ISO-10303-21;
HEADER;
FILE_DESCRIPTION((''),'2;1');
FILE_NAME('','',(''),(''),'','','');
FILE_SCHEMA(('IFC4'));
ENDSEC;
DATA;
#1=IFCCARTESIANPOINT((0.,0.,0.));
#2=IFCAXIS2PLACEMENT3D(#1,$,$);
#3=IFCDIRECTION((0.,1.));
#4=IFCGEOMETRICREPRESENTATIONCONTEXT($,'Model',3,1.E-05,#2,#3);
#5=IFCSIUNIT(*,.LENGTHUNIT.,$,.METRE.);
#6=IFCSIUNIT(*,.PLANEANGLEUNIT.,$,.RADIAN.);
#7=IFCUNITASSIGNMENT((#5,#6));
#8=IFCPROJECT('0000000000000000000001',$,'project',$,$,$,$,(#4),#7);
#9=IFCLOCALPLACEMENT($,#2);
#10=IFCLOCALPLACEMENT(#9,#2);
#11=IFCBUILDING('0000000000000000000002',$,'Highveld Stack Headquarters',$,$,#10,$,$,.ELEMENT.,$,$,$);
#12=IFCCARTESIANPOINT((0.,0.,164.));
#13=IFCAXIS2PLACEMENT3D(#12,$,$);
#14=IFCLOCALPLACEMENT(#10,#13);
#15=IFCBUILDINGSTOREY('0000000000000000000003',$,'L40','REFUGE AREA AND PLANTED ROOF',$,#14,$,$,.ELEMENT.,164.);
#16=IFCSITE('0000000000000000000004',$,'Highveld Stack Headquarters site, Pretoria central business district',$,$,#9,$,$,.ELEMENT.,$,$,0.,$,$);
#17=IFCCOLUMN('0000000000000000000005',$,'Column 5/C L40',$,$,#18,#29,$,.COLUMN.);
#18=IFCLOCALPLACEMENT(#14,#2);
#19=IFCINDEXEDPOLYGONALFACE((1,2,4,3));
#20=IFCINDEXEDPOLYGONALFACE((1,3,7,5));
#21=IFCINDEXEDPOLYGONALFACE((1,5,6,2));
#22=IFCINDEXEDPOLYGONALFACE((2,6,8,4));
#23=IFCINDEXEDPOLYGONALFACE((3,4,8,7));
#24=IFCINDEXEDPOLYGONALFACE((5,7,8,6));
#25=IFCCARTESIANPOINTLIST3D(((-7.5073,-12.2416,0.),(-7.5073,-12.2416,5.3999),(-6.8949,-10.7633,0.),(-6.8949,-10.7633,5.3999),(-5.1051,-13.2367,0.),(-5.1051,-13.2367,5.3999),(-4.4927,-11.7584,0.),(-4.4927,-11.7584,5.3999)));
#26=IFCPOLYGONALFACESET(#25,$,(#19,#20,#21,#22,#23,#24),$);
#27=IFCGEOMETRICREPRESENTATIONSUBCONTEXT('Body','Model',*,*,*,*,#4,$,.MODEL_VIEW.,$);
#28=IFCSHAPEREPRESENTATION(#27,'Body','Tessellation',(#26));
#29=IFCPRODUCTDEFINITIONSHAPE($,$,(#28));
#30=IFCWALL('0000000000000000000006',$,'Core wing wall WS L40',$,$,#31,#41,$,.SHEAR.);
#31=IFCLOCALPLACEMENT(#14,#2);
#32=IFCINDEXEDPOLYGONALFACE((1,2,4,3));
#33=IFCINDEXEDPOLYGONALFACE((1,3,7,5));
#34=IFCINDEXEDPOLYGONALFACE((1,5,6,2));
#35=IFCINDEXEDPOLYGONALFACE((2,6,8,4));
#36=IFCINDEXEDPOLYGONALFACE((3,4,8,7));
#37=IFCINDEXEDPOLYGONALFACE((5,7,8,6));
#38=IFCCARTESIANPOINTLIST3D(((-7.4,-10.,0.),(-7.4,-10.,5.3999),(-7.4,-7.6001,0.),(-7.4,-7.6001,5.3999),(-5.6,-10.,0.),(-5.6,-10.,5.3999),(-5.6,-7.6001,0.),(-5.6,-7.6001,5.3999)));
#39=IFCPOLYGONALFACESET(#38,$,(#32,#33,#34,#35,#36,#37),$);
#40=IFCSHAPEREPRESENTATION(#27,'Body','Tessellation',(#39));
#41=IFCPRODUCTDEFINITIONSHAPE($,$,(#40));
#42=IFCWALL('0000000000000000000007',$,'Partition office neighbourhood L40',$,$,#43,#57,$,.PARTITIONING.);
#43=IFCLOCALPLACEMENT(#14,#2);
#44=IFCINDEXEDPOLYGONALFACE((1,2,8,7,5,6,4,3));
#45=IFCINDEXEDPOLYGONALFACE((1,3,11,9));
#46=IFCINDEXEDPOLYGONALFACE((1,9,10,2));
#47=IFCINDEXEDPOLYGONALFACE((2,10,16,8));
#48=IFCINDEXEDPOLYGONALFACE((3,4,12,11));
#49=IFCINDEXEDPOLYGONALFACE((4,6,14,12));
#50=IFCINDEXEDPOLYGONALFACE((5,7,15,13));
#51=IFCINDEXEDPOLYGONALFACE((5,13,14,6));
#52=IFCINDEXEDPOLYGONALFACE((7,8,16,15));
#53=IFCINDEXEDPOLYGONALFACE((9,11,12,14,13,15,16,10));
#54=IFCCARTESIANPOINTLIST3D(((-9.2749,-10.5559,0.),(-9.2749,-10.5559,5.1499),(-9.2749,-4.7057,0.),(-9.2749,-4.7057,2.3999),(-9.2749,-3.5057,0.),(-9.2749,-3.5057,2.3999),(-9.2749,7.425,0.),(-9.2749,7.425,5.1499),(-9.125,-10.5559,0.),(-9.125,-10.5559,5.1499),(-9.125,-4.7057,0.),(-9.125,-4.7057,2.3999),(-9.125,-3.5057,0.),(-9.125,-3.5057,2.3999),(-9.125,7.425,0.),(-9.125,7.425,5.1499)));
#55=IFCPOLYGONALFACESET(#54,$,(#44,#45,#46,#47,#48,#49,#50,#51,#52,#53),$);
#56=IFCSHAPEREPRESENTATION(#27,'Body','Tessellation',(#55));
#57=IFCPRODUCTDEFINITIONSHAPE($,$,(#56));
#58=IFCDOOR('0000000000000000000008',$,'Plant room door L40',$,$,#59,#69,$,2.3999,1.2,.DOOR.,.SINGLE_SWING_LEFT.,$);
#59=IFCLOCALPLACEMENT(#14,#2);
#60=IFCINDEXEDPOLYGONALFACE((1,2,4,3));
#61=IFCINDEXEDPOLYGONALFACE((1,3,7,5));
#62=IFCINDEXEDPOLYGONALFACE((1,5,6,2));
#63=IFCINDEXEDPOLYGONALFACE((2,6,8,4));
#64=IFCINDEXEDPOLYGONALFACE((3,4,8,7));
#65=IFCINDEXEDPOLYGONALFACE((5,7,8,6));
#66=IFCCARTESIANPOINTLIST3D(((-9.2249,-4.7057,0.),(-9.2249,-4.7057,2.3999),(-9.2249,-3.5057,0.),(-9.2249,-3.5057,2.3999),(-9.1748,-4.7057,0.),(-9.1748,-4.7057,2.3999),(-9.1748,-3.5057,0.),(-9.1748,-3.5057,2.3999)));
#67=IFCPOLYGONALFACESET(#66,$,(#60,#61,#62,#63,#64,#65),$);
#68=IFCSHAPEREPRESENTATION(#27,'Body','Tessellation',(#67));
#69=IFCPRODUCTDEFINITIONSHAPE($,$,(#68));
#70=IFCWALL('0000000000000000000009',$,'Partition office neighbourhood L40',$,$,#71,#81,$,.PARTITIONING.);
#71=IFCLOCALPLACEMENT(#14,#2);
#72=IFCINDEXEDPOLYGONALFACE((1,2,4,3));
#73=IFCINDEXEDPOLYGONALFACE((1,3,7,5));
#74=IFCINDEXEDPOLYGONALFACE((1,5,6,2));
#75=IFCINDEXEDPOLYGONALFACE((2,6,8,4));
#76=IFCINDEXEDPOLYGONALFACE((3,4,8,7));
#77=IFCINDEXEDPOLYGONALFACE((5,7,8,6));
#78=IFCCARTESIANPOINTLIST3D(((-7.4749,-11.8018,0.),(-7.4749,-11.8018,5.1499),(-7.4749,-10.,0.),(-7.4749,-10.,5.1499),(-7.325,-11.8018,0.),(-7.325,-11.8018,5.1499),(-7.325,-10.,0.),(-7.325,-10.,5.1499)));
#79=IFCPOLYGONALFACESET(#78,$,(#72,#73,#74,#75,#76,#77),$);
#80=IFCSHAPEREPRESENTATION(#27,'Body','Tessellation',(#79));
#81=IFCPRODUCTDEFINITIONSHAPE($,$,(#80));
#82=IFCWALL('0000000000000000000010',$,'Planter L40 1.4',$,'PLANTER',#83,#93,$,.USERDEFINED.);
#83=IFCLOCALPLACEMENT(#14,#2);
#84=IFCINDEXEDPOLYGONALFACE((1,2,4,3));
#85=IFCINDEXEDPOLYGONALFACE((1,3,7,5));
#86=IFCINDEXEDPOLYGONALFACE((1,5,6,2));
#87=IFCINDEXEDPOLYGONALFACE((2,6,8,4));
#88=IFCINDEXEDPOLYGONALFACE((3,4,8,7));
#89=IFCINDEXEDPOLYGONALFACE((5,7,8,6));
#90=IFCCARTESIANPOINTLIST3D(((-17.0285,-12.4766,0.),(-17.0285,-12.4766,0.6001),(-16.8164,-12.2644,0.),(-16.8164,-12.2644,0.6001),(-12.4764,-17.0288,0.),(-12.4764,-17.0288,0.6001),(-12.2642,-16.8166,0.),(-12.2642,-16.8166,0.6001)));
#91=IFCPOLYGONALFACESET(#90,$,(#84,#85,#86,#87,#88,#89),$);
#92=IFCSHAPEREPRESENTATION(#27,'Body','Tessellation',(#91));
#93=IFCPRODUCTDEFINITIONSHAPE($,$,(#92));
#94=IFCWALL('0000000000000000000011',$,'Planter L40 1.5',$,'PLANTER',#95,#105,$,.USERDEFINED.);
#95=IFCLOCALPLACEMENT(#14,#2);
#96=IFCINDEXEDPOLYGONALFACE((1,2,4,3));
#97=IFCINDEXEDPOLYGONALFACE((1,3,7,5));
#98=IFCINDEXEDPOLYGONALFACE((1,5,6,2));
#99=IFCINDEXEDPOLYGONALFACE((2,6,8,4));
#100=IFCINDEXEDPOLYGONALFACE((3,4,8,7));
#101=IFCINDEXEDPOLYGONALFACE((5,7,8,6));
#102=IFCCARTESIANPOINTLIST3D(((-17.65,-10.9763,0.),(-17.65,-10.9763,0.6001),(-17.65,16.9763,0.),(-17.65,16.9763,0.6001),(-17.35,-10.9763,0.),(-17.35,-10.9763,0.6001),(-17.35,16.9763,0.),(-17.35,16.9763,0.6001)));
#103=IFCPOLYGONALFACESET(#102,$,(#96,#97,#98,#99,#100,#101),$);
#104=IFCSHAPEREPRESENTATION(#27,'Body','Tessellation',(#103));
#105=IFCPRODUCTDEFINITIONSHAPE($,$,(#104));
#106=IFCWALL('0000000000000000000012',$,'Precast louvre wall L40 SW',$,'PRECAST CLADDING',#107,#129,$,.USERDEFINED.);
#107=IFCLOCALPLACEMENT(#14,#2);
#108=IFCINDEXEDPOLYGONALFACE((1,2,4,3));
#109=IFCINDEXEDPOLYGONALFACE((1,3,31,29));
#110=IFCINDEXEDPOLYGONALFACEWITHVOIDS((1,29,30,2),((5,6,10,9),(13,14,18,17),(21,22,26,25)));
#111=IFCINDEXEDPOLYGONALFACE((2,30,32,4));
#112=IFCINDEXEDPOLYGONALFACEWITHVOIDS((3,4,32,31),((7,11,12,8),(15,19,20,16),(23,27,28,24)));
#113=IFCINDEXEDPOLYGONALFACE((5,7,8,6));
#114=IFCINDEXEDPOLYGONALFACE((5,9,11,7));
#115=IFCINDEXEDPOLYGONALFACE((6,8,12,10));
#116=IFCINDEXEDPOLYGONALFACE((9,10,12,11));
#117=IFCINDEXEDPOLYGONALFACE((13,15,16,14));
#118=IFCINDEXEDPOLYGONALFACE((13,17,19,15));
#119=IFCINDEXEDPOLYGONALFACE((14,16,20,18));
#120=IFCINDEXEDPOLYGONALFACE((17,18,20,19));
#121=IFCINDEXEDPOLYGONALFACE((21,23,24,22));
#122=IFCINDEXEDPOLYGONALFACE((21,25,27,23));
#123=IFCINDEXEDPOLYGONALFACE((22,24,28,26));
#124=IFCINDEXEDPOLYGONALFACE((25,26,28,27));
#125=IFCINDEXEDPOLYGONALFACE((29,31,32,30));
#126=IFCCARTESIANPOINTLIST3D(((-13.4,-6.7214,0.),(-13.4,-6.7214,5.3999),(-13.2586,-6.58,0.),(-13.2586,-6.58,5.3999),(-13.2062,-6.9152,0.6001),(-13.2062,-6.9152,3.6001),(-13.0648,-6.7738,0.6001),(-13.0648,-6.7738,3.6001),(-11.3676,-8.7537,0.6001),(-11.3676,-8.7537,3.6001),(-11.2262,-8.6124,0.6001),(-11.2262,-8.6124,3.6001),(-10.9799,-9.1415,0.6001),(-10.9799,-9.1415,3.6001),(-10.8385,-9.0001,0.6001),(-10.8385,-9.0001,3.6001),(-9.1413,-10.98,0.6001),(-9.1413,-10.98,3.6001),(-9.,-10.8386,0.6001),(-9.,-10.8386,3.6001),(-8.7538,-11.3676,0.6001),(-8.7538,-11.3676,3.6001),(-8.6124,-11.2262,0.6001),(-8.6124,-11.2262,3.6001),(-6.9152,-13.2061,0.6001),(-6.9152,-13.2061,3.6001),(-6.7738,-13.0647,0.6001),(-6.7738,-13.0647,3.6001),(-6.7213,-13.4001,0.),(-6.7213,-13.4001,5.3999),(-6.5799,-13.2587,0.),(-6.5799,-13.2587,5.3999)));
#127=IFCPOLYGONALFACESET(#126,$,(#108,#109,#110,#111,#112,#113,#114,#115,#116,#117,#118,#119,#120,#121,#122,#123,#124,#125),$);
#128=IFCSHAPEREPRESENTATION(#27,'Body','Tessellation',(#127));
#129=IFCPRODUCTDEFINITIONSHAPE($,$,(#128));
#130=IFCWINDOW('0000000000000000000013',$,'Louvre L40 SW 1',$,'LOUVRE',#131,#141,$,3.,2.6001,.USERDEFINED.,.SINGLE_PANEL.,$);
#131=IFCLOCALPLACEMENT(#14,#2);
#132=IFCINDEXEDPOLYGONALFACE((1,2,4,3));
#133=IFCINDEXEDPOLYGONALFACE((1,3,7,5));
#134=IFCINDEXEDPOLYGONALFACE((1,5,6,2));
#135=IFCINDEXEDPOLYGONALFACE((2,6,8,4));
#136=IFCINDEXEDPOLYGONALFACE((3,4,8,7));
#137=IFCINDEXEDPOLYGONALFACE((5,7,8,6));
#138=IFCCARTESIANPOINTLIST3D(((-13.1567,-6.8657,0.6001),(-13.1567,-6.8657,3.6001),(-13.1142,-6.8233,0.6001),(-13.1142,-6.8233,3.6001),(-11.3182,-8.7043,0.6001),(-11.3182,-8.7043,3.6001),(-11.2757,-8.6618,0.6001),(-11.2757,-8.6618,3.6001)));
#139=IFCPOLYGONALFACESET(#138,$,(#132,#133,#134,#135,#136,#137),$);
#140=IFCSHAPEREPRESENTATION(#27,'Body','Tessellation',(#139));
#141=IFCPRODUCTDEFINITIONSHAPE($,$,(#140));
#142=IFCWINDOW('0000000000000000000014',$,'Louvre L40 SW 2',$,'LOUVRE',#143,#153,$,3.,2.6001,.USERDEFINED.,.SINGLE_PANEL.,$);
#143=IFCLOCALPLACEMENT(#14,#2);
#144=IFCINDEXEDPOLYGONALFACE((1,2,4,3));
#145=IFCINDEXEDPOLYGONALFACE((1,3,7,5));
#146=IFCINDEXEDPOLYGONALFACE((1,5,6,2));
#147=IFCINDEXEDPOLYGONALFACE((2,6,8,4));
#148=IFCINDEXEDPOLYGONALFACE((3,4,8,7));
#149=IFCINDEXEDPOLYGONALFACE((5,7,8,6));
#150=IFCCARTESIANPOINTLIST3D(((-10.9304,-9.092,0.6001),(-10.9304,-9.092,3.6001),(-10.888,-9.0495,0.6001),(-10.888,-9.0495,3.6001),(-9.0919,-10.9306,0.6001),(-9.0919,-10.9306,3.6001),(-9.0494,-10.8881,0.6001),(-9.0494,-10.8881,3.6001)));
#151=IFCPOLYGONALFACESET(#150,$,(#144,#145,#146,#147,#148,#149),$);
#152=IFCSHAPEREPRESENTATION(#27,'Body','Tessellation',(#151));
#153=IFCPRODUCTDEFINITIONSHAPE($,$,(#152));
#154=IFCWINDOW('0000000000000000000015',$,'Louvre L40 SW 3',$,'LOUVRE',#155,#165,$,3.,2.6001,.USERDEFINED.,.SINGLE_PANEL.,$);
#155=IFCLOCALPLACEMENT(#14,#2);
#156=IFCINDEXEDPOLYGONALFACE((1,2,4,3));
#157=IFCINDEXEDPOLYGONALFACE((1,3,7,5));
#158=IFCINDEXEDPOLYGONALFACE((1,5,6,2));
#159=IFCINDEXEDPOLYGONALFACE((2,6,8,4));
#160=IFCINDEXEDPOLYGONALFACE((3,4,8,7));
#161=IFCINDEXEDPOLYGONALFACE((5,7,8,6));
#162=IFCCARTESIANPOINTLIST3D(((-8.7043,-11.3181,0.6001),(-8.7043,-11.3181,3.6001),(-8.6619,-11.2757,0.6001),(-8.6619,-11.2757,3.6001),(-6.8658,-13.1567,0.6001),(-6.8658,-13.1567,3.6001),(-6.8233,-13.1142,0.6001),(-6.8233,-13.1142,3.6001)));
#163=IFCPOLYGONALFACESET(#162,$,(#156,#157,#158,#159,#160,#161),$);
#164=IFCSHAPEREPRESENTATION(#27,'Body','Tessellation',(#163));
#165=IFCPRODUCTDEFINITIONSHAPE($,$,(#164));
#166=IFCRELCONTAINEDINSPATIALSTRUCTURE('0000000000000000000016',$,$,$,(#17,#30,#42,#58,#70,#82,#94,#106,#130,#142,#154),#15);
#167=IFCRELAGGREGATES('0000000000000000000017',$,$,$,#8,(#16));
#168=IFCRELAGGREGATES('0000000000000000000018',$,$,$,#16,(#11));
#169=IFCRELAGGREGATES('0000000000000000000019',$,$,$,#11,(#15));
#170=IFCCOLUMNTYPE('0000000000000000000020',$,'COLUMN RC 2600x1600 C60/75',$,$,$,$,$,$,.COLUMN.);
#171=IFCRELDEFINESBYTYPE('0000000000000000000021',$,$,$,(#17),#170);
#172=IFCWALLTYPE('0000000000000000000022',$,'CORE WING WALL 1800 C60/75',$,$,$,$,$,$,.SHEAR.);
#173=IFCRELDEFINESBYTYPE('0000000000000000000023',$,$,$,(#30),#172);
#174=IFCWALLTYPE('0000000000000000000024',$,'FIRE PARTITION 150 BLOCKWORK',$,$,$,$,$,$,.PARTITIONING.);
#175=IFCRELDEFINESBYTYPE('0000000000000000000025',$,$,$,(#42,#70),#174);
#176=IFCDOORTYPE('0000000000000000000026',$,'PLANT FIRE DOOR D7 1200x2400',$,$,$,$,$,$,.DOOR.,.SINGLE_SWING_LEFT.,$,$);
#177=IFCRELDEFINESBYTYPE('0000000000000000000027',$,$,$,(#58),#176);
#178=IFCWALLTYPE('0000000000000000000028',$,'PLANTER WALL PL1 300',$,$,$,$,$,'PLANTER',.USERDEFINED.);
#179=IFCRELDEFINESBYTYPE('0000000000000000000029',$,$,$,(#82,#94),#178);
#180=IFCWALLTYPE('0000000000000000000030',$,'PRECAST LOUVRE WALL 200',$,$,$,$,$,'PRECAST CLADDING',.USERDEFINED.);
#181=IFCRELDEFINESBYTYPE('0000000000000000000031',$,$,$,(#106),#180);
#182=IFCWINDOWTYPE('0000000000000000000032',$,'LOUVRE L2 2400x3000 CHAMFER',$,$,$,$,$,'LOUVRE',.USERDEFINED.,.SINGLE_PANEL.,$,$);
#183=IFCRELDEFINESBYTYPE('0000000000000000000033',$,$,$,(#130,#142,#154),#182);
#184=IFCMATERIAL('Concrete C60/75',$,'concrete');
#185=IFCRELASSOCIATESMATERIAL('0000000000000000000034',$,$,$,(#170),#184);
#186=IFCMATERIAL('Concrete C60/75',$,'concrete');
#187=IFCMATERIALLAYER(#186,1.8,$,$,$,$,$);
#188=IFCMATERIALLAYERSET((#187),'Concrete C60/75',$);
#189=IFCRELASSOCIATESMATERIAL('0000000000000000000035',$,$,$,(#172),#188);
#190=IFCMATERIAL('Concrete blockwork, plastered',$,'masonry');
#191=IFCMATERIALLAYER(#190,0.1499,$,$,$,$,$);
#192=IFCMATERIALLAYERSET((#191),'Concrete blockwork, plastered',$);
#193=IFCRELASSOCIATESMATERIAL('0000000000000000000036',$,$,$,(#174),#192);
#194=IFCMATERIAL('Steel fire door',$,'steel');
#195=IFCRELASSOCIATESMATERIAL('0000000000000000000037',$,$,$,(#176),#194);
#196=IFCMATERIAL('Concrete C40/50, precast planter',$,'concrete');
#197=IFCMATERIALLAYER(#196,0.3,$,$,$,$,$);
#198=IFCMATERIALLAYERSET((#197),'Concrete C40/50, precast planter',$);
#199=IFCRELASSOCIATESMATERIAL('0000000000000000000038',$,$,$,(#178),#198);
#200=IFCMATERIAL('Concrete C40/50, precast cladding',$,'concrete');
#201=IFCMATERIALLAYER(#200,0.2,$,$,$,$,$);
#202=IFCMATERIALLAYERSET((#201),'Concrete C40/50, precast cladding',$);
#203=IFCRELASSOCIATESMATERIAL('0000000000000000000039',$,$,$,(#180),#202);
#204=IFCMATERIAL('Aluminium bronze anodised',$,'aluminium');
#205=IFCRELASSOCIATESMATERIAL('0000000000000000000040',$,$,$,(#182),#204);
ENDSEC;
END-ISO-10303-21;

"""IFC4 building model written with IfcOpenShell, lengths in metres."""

from ifc_helpers import new_model, si_unit, direction, frame, frame_2d, origin, origin_2d, place, context, subcontext, project, spatial, rectangle, extrude, material, layer, layer_set, material_profile, profile_set, type_object, element, fill, save


model = new_model("IFC4")

# Units and contexts
model_context = context("Model", 3, precision=1e-05, world=origin(), true_north=direction((0.0, 1.0)))
body_context = subcontext(model_context, "Body", "Model", "MODEL_VIEW")
ifc_project = project(units=[si_unit("LENGTHUNIT", "METRE"), si_unit("PLANEANGLEUNIT", "RADIAN")], contexts=[model_context])

# Site, building, storey
site_placement = place(None, origin())
site = spatial("IfcSite", under=ifc_project, at=site_placement, Name="Highveld Stack Headquarters site, Pretoria central business district", CompositionType="ELEMENT", RefElevation=0.0)
building_placement = place(site_placement, origin())
building = spatial("IfcBuilding", under=site, at=building_placement, Name="Highveld Stack Headquarters", CompositionType="ELEMENT")
storey_placement = place(building_placement, frame((0.0, 0.0, 164.0)))
storey = spatial("IfcBuildingStorey", under=building, at=storey_placement, Name="L40", Description="REFUGE AREA AND PLANTED ROOF", CompositionType="ELEMENT", Elevation=164.0)

# Column
ifc_material_1 = material(Name="Concrete C60/75", Category="concrete")
ifc_material_profile = material_profile(ifc_material_1, rectangle(XDim=2.6001, YDim=1.6001, at=origin_2d()), Name="RC 2600x1600")
ifc_profile_set = profile_set([ifc_material_profile], Name="Concrete C60/75")
column_type = type_object("IfcColumnType", Name="COLUMN RC 2600x1600 C60/75", PredefinedType="COLUMN", material=ifc_profile_set)
column_placement = place(storey_placement, frame((-6.0, -12.0, 0.0), z_axis=(0.0, 0.0, 1.0), x_axis=(-0.92388, 0.382683, 0.0)))
element("IfcColumn", 1, at=column_placement, inside=storey, type_object=column_type, Name="Column 5/C L40", PredefinedType="COLUMN", context=body_context, shape_type="SweptSolid", body=[
    extrude(rectangle(XDim=2.6001, YDim=1.6001, at=origin_2d()), origin(), (0.0, 0.0, 1.0), 5.3999),
])

# Wall
ifc_material_2 = material(Name="Concrete C60/75", Category="concrete")
ifc_layer_1 = layer(ifc_material_2, 1.8)
ifc_layer_set_1 = layer_set([ifc_layer_1], Name="Concrete C60/75")
wall_type_1 = type_object("IfcWallType", Name="CORE WING WALL 1800 C60/75", PredefinedType="SHEAR", material=ifc_layer_set_1)
wall_1_placement = place(storey_placement, frame((-6.5, -10.0, 0.0), z_axis=(0.0, 0.0, 1.0), x_axis=(0.0, 1.0, 0.0)))
element("IfcWall", 2, at=wall_1_placement, inside=storey, type_object=wall_type_1, Name="Core wing wall WS L40", PredefinedType="SHEAR", context=body_context, shape_type="SweptSolid", body=[
    extrude(rectangle(XDim=2.3999, YDim=1.8, at=frame_2d((1.2, 0.0))), origin(), (0.0, 0.0, 1.0), 5.3999),
])

# Wall, opening, door
ifc_material_3 = material(Name="Concrete blockwork, plastered", Category="masonry")
ifc_layer_2 = layer(ifc_material_3, 0.1499)
ifc_layer_set_2 = layer_set([ifc_layer_2], Name="Concrete blockwork, plastered")
wall_type_2 = type_object("IfcWallType", Name="FIRE PARTITION 150 BLOCKWORK", PredefinedType="PARTITIONING", material=ifc_layer_set_2)
wall_2_placement = place(storey_placement, frame((-9.2, -10.5559, 0.0), z_axis=(0.0, 0.0, 1.0), x_axis=(0.0, 1.0, 0.0)))
wall_2 = element("IfcWall", 3, at=wall_2_placement, inside=storey, type_object=wall_type_2, Name="Partition office neighbourhood L40", PredefinedType="PARTITIONING", context=body_context, shape_type="SweptSolid", body=[
    extrude(rectangle(XDim=17.981, YDim=0.1499, at=frame_2d((8.9905, 0.0))), origin(), (0.0, 0.0, 1.0), 5.1499),
])
opening_1_placement = place(wall_2_placement, frame((5.8501, 0.0, 0.0)))
opening_1 = element("IfcOpeningElement", 4, at=opening_1_placement, cuts=wall_2, PredefinedType="OPENING", context=body_context, shape_type="SweptSolid", body=[
    extrude(rectangle(XDim=1.2, YDim=2.3999, at=frame_2d((0.6001, 1.2))), frame((0.0, 0.085, 0.0), z_axis=(0.0, -1.0, 0.0), x_axis=(1.0, 0.0, 0.0)), (0.0, 0.0, 1.0), 0.1699),
])
ifc_material_4 = material(Name="Steel fire door", Category="steel")
door_type_1 = type_object("IfcDoorType", Name="PLANT FIRE DOOR D7 1200x2400", OperationType="SINGLE_SWING_LEFT", PredefinedType="DOOR", material=ifc_material_4)
door_1_placement = place(opening_1_placement, origin())
door_1 = element("IfcDoor", 5, at=door_1_placement, inside=storey, type_object=door_type_1, Name="Plant room door L40", OperationType="SINGLE_SWING_LEFT", OverallHeight=2.3999, OverallWidth=1.2, PredefinedType="DOOR", context=body_context, shape_type="SweptSolid", body=[
    extrude(rectangle(XDim=1.2, YDim=2.3999, at=frame_2d((0.6001, 1.2))), frame((0.0, 0.0249, 0.0), z_axis=(0.0, -1.0, 0.0), x_axis=(1.0, 0.0, 0.0)), (0.0, 0.0, 1.0), 0.05),
])
fill(opening_1, door_1)

# Walls
wall_3_placement = place(storey_placement, frame((-7.3999, -11.8018, 0.0), z_axis=(0.0, 0.0, 1.0), x_axis=(0.0, 1.0, 0.0)))
element("IfcWall", 6, at=wall_3_placement, inside=storey, type_object=wall_type_2, Name="Partition office neighbourhood L40", PredefinedType="PARTITIONING", context=body_context, shape_type="SweptSolid", body=[
    extrude(rectangle(XDim=1.8018, YDim=0.1499, at=frame_2d((0.9009, 0.0))), origin(), (0.0, 0.0, 1.0), 5.1499),
])
ifc_material_5 = material(Name="Concrete C40/50, precast planter", Category="concrete")
ifc_layer_3 = layer(ifc_material_5, 0.3)
ifc_layer_set_3 = layer_set([ifc_layer_3], Name="Concrete C40/50, precast planter")
wall_type_3 = type_object("IfcWallType", Name="PLANTER WALL PL1 300", ElementType="PLANTER", PredefinedType="USERDEFINED", material=ifc_layer_set_3)
wall_4_placement = place(storey_placement, frame((-12.3704, -16.9226, 0.0), z_axis=(0.0, 0.0, 1.0), x_axis=(-0.707107, 0.707107, 0.0)))
element("IfcWall", 7, at=wall_4_placement, inside=storey, type_object=wall_type_3, Name="Planter L40 1.4", ObjectType="PLANTER", PredefinedType="USERDEFINED", context=body_context, shape_type="SweptSolid", body=[
    extrude(rectangle(XDim=6.4377, YDim=0.3, at=frame_2d((3.2188, 0.0))), origin(), (0.0, 0.0, 1.0), 0.6001),
])
wall_5_placement = place(storey_placement, frame((-17.5, -10.9763, 0.0), z_axis=(0.0, 0.0, 1.0), x_axis=(0.0, 1.0, 0.0)))
element("IfcWall", 8, at=wall_5_placement, inside=storey, type_object=wall_type_3, Name="Planter L40 1.5", ObjectType="PLANTER", PredefinedType="USERDEFINED", context=body_context, shape_type="SweptSolid", body=[
    extrude(rectangle(XDim=27.9526, YDim=0.3, at=frame_2d((13.9763, 0.0))), origin(), (0.0, 0.0, 1.0), 0.6001),
])

# Shared definitions
ifc_material_6 = material(Name="Concrete C40/50, precast cladding", Category="concrete")
ifc_layer_4 = layer(ifc_material_6, 0.2)
ifc_layer_set_4 = layer_set([ifc_layer_4], Name="Concrete C40/50, precast cladding")
wall_type_4 = type_object("IfcWallType", Name="PRECAST LOUVRE WALL 200", ElementType="PRECAST CLADDING", PredefinedType="USERDEFINED", material=ifc_layer_set_4)

# Wall, openings, windows
wall_6_placement = place(storey_placement, frame((-13.3293, -6.6506, 0.0), z_axis=(0.0, 0.0, 1.0), x_axis=(0.707107, -0.707107, 0.0)))
wall_6 = element("IfcWall", 9, at=wall_6_placement, inside=storey, type_object=wall_type_4, Name="Precast louvre wall L40 SW", ObjectType="PRECAST CLADDING", PredefinedType="USERDEFINED", context=body_context, shape_type="SweptSolid", body=[
    extrude(rectangle(XDim=9.4451, YDim=0.2, at=frame_2d((4.7227, 0.0))), origin(), (0.0, 0.0, 1.0), 5.3999),
])
opening_2_placement = place(wall_6_placement, frame((0.2742, 0.0, 0.6001)))
opening_2 = element("IfcOpeningElement", 10, at=opening_2_placement, cuts=wall_6, PredefinedType="OPENING", context=body_context, shape_type="SweptSolid", body=[
    extrude(rectangle(XDim=2.6001, YDim=3.0, at=frame_2d((1.3, 1.5))), frame((0.0, 0.1099, 0.0), z_axis=(0.0, -1.0, 0.0), x_axis=(1.0, 0.0, 0.0)), (0.0, 0.0, 1.0), 0.22),
])
opening_3_placement = place(wall_6_placement, frame((3.4226, 0.0, 0.6001)))
opening_3 = element("IfcOpeningElement", 11, at=opening_3_placement, cuts=wall_6, PredefinedType="OPENING", context=body_context, shape_type="SweptSolid", body=[
    extrude(rectangle(XDim=2.6001, YDim=3.0, at=frame_2d((1.3, 1.5))), frame((0.0, 0.1099, 0.0), z_axis=(0.0, -1.0, 0.0), x_axis=(1.0, 0.0, 0.0)), (0.0, 0.0, 1.0), 0.22),
])
opening_4_placement = place(wall_6_placement, frame((6.5708, 0.0, 0.6001)))
opening_4 = element("IfcOpeningElement", 12, at=opening_4_placement, cuts=wall_6, PredefinedType="OPENING", context=body_context, shape_type="SweptSolid", body=[
    extrude(rectangle(XDim=2.6001, YDim=3.0, at=frame_2d((1.3, 1.5))), frame((0.0, 0.1099, 0.0), z_axis=(0.0, -1.0, 0.0), x_axis=(1.0, 0.0, 0.0)), (0.0, 0.0, 1.0), 0.22),
])
ifc_material_7 = material(Name="Aluminium bronze anodised", Category="aluminium")
window_type_1 = type_object("IfcWindowType", Name="LOUVRE L2 2400x3000 CHAMFER", ElementType="LOUVRE", PartitioningType="SINGLE_PANEL", PredefinedType="USERDEFINED", material=ifc_material_7)
window_1_placement = place(opening_2_placement, origin())
window_1 = element("IfcWindow", 13, at=window_1_placement, inside=storey, type_object=window_type_1, Name="Louvre L40 SW 1", ObjectType="LOUVRE", OverallHeight=3.0, OverallWidth=2.6001, PartitioningType="SINGLE_PANEL", PredefinedType="USERDEFINED", context=body_context, shape_type="SweptSolid", body=[
    extrude(rectangle(XDim=2.6001, YDim=3.0, at=frame_2d((1.3, 1.5))), frame((0.0, 0.03, 0.0), z_axis=(0.0, -1.0, 0.0), x_axis=(1.0, 0.0, 0.0)), (0.0, 0.0, 1.0), 0.0601),
])
fill(opening_2, window_1)
window_2_placement = place(opening_3_placement, origin())
window_2 = element("IfcWindow", 14, at=window_2_placement, inside=storey, type_object=window_type_1, Name="Louvre L40 SW 2", ObjectType="LOUVRE", OverallHeight=3.0, OverallWidth=2.6001, PartitioningType="SINGLE_PANEL", PredefinedType="USERDEFINED", context=body_context, shape_type="SweptSolid", body=[
    extrude(rectangle(XDim=2.6001, YDim=3.0, at=frame_2d((1.3, 1.5))), frame((0.0, 0.03, 0.0), z_axis=(0.0, -1.0, 0.0), x_axis=(1.0, 0.0, 0.0)), (0.0, 0.0, 1.0), 0.0601),
])
fill(opening_3, window_2)
window_3_placement = place(opening_4_placement, origin())
window_3 = element("IfcWindow", 15, at=window_3_placement, inside=storey, type_object=window_type_1, Name="Louvre L40 SW 3", ObjectType="LOUVRE", OverallHeight=3.0, OverallWidth=2.6001, PartitioningType="SINGLE_PANEL", PredefinedType="USERDEFINED", context=body_context, shape_type="SweptSolid", body=[
    extrude(rectangle(XDim=2.6001, YDim=3.0, at=frame_2d((1.3, 1.5))), frame((0.0, 0.03, 0.0), z_axis=(0.0, -1.0, 0.0), x_axis=(1.0, 0.0, 0.0)), (0.0, 0.0, 1.0), 0.0601),
])
fill(opening_4, window_3)

save(model, "model.ifc")
